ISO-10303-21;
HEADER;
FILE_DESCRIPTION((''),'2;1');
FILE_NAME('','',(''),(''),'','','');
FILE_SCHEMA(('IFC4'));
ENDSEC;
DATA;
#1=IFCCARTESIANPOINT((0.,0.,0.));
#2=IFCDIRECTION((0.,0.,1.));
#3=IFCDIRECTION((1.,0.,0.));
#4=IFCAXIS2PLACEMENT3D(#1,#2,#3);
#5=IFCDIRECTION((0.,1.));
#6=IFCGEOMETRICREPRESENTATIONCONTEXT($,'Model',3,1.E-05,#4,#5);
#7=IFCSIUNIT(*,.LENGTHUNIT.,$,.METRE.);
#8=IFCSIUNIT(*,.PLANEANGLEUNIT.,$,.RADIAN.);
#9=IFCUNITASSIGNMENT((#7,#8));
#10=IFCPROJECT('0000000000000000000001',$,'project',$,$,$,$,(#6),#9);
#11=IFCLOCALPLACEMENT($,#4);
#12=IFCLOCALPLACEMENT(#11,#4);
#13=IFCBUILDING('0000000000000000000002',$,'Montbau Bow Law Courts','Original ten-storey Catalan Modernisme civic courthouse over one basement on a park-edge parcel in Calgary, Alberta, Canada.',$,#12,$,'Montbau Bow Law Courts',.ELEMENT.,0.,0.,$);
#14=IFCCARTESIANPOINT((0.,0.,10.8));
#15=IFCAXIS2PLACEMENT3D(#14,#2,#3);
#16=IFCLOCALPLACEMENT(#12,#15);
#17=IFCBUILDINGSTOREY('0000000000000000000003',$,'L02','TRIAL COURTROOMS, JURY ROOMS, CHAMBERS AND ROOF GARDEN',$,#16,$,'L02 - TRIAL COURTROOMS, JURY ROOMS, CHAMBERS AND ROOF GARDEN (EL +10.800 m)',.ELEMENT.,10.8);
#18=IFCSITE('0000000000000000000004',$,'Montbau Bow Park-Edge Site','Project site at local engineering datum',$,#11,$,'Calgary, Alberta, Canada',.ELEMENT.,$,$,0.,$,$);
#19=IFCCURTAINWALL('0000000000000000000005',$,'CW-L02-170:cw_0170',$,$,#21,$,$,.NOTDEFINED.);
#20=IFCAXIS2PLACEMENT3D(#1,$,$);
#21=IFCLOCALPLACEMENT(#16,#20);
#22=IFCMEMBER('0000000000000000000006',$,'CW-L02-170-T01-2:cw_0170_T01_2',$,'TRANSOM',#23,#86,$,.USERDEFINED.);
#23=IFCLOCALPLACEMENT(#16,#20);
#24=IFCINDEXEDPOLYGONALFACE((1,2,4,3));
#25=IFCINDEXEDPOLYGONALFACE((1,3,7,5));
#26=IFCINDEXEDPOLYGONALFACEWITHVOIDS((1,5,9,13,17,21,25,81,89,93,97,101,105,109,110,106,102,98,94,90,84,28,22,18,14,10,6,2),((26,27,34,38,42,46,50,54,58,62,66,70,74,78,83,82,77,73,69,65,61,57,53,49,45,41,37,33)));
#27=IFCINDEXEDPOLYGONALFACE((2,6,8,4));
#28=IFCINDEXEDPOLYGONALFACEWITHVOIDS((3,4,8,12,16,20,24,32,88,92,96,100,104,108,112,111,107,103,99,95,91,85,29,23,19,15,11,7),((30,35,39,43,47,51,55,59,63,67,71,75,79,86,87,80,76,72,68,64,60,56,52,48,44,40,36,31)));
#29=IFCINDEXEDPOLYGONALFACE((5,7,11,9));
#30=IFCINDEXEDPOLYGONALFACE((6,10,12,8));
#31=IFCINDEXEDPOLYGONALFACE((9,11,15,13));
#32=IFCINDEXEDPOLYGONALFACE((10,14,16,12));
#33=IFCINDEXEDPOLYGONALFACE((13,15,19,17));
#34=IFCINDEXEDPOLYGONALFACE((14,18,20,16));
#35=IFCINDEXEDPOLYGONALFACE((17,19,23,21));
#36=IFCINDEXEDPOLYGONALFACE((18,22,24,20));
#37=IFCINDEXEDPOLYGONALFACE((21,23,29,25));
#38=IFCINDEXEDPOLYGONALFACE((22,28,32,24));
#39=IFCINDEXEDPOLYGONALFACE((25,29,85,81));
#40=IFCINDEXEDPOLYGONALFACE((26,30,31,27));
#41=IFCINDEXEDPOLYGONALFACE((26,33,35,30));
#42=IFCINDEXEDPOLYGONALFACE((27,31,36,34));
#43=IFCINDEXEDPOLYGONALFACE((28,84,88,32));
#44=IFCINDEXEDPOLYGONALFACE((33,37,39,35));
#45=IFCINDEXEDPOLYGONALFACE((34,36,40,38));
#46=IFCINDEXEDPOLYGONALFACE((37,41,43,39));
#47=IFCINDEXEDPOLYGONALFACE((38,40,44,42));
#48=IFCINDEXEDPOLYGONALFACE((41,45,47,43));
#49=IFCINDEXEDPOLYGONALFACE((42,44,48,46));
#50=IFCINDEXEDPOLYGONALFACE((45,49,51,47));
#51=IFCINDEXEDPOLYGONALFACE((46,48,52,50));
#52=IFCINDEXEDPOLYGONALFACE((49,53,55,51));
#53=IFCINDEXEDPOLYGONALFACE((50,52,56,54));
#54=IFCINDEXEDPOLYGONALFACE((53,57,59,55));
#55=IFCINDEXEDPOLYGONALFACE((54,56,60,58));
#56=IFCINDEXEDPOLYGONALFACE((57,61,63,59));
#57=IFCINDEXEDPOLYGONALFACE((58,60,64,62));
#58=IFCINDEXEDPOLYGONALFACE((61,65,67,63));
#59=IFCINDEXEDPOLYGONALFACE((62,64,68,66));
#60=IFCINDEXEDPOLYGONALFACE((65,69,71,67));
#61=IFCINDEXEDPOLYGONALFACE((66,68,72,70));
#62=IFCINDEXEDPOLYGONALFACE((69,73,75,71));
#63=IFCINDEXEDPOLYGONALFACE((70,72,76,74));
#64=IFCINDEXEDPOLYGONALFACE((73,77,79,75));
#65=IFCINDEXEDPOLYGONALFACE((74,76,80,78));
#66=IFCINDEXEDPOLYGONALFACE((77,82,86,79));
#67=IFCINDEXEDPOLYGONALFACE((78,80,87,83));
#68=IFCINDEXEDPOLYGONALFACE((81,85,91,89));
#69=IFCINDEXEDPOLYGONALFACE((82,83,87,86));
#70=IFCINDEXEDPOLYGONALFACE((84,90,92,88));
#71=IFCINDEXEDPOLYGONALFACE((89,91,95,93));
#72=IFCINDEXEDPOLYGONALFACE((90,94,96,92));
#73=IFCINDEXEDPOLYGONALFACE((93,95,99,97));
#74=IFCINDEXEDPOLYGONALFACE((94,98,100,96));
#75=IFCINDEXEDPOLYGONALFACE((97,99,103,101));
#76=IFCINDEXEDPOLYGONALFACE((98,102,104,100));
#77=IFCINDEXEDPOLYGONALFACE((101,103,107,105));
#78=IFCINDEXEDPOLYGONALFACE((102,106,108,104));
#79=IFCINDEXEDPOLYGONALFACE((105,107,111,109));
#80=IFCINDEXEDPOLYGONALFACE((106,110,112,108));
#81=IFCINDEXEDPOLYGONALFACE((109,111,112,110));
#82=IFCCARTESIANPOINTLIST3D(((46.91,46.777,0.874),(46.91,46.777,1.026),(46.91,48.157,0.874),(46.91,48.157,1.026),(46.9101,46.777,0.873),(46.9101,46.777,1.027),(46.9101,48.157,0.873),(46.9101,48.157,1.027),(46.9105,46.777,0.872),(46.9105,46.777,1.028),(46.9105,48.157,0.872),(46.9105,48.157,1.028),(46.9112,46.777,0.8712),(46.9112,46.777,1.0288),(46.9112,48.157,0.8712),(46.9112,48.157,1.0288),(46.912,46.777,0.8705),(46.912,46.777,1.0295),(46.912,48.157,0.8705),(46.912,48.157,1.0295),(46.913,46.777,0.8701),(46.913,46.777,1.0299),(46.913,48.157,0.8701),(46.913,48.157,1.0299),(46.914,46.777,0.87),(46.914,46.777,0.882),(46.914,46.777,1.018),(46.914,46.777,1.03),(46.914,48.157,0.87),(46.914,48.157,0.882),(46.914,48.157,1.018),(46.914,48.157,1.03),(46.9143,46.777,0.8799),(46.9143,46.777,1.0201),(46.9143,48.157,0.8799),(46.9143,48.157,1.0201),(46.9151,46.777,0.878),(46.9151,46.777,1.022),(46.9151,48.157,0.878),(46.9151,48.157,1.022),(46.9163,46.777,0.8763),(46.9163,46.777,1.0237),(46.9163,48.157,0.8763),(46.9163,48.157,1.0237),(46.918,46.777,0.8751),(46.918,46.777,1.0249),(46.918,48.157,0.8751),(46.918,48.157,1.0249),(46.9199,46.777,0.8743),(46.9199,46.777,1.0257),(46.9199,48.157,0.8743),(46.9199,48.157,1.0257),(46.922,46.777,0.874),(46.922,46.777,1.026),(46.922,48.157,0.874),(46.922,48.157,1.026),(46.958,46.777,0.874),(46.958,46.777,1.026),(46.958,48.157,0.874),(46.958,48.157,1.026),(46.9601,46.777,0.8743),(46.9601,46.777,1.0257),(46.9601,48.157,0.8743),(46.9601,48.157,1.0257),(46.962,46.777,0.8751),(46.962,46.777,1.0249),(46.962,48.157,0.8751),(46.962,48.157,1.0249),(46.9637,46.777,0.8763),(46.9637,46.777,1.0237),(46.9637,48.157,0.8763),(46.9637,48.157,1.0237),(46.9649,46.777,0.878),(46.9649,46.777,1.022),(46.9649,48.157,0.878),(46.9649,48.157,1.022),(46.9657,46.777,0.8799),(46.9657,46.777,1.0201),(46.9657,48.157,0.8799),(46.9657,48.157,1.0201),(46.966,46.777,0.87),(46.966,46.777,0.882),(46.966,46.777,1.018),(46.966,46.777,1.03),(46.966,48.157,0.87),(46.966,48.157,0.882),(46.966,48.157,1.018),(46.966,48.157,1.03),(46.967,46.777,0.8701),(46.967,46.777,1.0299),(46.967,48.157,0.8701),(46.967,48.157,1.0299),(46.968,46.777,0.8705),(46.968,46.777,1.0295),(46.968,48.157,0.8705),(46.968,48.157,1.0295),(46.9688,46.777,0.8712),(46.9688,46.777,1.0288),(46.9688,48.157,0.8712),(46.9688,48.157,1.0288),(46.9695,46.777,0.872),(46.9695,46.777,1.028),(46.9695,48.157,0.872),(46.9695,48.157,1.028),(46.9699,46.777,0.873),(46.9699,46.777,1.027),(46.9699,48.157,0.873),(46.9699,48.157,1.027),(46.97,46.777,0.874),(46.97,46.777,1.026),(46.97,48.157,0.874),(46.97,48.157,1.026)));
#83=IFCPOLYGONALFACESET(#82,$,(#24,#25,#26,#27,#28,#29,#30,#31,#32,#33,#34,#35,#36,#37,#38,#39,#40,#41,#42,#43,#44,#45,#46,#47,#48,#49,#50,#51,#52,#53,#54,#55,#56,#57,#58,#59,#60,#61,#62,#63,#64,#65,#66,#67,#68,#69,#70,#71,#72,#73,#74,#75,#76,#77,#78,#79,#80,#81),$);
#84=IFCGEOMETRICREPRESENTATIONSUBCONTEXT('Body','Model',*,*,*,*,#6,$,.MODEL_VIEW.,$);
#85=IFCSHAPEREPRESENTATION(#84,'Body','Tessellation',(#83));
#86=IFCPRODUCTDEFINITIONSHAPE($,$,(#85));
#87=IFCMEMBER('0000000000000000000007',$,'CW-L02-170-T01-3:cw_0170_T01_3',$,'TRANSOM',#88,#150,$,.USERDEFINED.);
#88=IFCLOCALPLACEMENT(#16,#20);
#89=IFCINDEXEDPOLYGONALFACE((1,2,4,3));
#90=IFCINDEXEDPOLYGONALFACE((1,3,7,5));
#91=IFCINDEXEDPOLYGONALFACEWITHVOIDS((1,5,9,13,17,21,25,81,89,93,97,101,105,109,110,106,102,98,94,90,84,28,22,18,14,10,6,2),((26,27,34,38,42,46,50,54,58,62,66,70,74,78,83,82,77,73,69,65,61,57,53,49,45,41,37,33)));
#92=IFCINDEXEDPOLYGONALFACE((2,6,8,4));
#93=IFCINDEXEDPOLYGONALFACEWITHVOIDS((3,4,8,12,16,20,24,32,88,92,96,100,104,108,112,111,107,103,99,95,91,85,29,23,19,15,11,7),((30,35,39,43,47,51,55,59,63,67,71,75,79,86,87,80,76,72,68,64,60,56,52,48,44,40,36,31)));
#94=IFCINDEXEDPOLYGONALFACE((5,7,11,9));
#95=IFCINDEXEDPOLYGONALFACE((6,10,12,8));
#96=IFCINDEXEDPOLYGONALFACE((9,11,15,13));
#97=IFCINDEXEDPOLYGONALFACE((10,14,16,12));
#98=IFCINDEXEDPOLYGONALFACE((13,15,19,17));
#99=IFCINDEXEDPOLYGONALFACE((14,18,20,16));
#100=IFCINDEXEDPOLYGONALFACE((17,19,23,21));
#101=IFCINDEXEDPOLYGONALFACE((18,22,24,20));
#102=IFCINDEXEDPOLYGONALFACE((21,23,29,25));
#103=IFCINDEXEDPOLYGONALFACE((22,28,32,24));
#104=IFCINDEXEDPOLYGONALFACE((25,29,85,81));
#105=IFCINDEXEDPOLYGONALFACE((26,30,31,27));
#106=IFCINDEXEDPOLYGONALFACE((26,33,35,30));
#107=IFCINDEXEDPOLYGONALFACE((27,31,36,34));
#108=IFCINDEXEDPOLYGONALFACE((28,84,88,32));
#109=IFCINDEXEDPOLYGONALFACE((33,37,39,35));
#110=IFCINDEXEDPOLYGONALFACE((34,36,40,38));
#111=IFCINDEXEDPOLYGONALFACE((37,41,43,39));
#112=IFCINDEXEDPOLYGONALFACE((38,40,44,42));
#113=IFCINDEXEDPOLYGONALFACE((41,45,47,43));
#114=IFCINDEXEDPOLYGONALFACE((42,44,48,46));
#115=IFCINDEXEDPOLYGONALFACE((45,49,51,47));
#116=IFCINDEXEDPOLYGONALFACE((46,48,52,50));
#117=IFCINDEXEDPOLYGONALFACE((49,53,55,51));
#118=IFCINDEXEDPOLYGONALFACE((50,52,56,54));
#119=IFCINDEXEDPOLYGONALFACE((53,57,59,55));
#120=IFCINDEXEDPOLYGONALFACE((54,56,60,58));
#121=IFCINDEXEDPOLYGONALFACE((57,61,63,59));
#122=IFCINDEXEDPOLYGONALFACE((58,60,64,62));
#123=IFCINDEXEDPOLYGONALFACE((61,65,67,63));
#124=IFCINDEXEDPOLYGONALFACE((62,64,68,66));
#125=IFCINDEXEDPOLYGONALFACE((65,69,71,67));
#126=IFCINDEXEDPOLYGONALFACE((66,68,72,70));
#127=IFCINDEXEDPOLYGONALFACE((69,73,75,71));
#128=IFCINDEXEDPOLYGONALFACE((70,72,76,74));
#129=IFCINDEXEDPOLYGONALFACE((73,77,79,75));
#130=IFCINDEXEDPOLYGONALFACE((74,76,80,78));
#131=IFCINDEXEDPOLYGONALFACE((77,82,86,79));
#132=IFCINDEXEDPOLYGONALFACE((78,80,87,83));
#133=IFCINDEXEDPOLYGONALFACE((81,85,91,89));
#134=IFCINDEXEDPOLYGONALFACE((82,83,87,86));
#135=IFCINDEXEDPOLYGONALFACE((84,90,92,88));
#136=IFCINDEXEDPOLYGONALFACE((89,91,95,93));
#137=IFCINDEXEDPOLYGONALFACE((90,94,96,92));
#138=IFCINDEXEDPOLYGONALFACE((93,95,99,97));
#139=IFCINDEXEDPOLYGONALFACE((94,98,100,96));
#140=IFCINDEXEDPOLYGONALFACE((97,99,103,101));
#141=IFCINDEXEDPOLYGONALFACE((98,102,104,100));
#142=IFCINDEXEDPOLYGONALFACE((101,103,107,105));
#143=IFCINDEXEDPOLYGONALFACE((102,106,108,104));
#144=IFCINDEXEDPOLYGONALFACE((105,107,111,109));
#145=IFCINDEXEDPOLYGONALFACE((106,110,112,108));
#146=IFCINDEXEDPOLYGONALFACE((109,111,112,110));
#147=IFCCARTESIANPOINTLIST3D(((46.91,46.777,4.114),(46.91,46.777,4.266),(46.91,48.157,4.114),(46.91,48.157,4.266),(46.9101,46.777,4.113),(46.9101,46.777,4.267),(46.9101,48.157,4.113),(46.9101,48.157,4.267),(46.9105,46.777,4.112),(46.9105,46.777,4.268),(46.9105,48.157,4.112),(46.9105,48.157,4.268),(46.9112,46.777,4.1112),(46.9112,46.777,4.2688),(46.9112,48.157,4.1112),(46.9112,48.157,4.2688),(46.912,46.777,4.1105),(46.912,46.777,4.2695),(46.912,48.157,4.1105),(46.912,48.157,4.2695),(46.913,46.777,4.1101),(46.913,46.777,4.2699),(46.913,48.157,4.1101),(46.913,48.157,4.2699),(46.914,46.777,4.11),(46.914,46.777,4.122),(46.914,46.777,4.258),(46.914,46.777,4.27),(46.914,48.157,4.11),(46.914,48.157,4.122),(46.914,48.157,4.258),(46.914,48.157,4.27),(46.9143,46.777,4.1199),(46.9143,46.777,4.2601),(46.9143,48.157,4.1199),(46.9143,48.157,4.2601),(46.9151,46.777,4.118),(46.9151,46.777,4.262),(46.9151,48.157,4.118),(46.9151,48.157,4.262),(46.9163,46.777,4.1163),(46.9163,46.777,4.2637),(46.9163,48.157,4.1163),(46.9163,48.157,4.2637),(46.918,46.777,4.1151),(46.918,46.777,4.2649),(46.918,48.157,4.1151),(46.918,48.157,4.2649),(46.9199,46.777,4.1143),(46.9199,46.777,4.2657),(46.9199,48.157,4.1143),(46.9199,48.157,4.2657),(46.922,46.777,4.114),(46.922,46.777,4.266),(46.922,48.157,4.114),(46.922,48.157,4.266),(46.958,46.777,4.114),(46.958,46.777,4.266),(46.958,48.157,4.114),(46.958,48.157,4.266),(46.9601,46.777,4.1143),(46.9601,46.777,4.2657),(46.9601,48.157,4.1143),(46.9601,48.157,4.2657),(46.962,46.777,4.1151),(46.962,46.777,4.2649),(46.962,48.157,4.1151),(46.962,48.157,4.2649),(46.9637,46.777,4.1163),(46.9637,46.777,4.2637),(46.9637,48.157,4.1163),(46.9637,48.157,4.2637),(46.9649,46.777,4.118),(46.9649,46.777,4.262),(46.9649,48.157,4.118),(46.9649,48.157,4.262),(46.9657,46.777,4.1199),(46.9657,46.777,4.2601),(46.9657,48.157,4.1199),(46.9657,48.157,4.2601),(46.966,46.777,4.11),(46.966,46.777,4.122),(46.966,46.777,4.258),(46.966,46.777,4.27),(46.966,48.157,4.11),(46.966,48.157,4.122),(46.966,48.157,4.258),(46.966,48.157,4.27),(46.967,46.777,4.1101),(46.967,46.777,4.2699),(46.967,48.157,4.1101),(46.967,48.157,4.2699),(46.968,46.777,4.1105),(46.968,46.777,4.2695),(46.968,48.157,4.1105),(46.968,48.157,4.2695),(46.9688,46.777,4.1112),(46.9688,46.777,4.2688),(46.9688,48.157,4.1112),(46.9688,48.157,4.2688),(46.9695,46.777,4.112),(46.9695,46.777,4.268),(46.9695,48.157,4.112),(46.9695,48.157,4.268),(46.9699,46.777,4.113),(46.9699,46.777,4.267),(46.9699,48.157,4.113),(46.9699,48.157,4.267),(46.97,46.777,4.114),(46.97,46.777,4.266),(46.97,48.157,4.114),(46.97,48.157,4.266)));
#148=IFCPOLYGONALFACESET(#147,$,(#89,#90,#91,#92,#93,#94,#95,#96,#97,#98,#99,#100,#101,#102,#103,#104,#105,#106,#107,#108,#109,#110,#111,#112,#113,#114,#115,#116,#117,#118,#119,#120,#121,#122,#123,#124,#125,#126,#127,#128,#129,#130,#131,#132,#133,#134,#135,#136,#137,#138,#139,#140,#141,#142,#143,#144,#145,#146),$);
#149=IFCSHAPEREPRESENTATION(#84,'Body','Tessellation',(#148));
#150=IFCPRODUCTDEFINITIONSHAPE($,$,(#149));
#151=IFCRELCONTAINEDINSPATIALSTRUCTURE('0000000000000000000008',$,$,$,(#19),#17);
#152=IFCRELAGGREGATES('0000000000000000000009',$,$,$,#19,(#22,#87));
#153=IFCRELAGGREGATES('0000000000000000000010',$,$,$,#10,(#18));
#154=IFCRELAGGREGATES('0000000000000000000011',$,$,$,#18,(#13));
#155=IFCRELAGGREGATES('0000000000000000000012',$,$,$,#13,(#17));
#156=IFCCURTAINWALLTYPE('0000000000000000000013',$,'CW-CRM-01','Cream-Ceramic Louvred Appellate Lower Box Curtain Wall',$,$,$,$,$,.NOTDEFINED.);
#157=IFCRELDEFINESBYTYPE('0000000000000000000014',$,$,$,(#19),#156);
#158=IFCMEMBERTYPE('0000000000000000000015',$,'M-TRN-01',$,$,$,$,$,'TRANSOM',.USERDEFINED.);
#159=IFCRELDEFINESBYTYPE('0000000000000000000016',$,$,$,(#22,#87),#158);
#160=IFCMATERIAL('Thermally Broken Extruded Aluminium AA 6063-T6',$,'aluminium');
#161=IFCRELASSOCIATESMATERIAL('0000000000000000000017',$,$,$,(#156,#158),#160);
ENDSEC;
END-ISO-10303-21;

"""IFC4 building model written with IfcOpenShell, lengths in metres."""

from ifc_helpers import new_model, si_unit, direction, frame, origin_with_axes, origin_2d_with_axis, place, context, subcontext, project, spatial, hollow_rectangle, extrude, material, material_profile, profile_set, type_object, element, aggregate, save


model = new_model("IFC4")

# Units and contexts
model_context = context("Model", 3, precision=1e-05, world=origin_with_axes(), true_north=direction((0.0, 1.0)))
body_context = subcontext(model_context, "Body", "Model", "MODEL_VIEW")
ifc_project = project(units=[si_unit("LENGTHUNIT", "METRE"), si_unit("PLANEANGLEUNIT", "RADIAN")], contexts=[model_context])

# Site, building, storey
site_placement = place(None, origin_with_axes())
site = spatial("IfcSite", under=ifc_project, at=site_placement, Name="Montbau Bow Park-Edge Site", Description="Project site at local engineering datum", LongName="Calgary, Alberta, Canada", CompositionType="ELEMENT", RefElevation=0.0)
building_placement = place(site_placement, origin_with_axes())
building = spatial("IfcBuilding", under=site, at=building_placement, Name="Montbau Bow Law Courts", Description="Original ten-storey Catalan Modernisme civic courthouse over one basement on a park-edge parcel in Calgary, Alberta, Canada.", LongName="Montbau Bow Law Courts", CompositionType="ELEMENT", ElevationOfRefHeight=0.0, ElevationOfTerrain=0.0)
storey_placement = place(building_placement, frame((0.0, 0.0, 10.8), z_axis=(0.0, 0.0, 1.0), x_axis=(1.0, 0.0, 0.0)))
storey = spatial("IfcBuildingStorey", under=building, at=storey_placement, Name="L02", Description="TRIAL COURTROOMS, JURY ROOMS, CHAMBERS AND ROOF GARDEN", LongName="L02 - TRIAL COURTROOMS, JURY ROOMS, CHAMBERS AND ROOF GARDEN (EL +10.800 m)", CompositionType="ELEMENT", Elevation=10.8)

# Curtain wall, members
ifc_material_1 = material(Name="Thermally Broken Extruded Aluminium AA 6063-T6", Category="aluminium")
curtain_wall_type = type_object("IfcCurtainWallType", Name="CW-CRM-01", Description="Cream-Ceramic Louvred Appellate Lower Box Curtain Wall", PredefinedType="NOTDEFINED", material=ifc_material_1)
curtain_wall_1_placement = place(None, frame((46.94, 46.715, 10.8), z_axis=(0.0, 0.0, 1.0), x_axis=(1.0, 0.0, 0.0)))
curtain_wall_1 = element("IfcCurtainWall", 1, at=curtain_wall_1_placement, inside=storey, type_object=curtain_wall_type, Name="CW-L02-170:cw_0170", PredefinedType="NOTDEFINED")
ifc_material_profile_1 = material_profile(ifc_material_1, hollow_rectangle(XDim=0.06, YDim=0.16, WallThickness=0.004, InnerFilletRadius=0.008, OuterFilletRadius=0.004, at=origin_2d_with_axis()), Name="CWT-160X60", Category="Main", Priority=0)
ifc_profile_set_1 = profile_set([ifc_material_profile_1], Name="Thermally Broken Extruded Aluminium AA 6063-T6")
member_type_1 = type_object("IfcMemberType", Name="M-TRN-01", ElementType="TRANSOM", PredefinedType="USERDEFINED", material=ifc_profile_set_1)
member_1_placement = place(None, frame((46.94, 46.777, 11.75), z_axis=(0.0, 1.0, 0.0), x_axis=(-1.0, 0.0, 0.0)))
member_1 = element("IfcMember", 2, at=member_1_placement, type_object=member_type_1, Name="CW-L02-170-T01-2:cw_0170_T01_2", ObjectType="TRANSOM", PredefinedType="USERDEFINED", context=body_context, shape_type="SweptSolid", body=[
    extrude(hollow_rectangle(XDim=0.06, YDim=0.16, WallThickness=0.004, InnerFilletRadius=0.008, OuterFilletRadius=0.004, at=origin_2d_with_axis()), origin_with_axes(), (0.0, 0.0, 1.0), 1.38),
])
member_2_placement = place(None, frame((46.94, 46.777, 14.99), z_axis=(0.0, 1.0, 0.0), x_axis=(-1.0, 0.0, 0.0)))
member_2 = element("IfcMember", 3, at=member_2_placement, type_object=member_type_1, Name="CW-L02-170-T01-3:cw_0170_T01_3", ObjectType="TRANSOM", PredefinedType="USERDEFINED", context=body_context, shape_type="SweptSolid", body=[
    extrude(hollow_rectangle(XDim=0.06, YDim=0.16, WallThickness=0.004, InnerFilletRadius=0.008, OuterFilletRadius=0.004, at=origin_2d_with_axis()), origin_with_axes(), (0.0, 0.0, 1.0), 1.38),
])

aggregate(curtain_wall_1, [member_1, member_2])

save(model, "model.ifc")
